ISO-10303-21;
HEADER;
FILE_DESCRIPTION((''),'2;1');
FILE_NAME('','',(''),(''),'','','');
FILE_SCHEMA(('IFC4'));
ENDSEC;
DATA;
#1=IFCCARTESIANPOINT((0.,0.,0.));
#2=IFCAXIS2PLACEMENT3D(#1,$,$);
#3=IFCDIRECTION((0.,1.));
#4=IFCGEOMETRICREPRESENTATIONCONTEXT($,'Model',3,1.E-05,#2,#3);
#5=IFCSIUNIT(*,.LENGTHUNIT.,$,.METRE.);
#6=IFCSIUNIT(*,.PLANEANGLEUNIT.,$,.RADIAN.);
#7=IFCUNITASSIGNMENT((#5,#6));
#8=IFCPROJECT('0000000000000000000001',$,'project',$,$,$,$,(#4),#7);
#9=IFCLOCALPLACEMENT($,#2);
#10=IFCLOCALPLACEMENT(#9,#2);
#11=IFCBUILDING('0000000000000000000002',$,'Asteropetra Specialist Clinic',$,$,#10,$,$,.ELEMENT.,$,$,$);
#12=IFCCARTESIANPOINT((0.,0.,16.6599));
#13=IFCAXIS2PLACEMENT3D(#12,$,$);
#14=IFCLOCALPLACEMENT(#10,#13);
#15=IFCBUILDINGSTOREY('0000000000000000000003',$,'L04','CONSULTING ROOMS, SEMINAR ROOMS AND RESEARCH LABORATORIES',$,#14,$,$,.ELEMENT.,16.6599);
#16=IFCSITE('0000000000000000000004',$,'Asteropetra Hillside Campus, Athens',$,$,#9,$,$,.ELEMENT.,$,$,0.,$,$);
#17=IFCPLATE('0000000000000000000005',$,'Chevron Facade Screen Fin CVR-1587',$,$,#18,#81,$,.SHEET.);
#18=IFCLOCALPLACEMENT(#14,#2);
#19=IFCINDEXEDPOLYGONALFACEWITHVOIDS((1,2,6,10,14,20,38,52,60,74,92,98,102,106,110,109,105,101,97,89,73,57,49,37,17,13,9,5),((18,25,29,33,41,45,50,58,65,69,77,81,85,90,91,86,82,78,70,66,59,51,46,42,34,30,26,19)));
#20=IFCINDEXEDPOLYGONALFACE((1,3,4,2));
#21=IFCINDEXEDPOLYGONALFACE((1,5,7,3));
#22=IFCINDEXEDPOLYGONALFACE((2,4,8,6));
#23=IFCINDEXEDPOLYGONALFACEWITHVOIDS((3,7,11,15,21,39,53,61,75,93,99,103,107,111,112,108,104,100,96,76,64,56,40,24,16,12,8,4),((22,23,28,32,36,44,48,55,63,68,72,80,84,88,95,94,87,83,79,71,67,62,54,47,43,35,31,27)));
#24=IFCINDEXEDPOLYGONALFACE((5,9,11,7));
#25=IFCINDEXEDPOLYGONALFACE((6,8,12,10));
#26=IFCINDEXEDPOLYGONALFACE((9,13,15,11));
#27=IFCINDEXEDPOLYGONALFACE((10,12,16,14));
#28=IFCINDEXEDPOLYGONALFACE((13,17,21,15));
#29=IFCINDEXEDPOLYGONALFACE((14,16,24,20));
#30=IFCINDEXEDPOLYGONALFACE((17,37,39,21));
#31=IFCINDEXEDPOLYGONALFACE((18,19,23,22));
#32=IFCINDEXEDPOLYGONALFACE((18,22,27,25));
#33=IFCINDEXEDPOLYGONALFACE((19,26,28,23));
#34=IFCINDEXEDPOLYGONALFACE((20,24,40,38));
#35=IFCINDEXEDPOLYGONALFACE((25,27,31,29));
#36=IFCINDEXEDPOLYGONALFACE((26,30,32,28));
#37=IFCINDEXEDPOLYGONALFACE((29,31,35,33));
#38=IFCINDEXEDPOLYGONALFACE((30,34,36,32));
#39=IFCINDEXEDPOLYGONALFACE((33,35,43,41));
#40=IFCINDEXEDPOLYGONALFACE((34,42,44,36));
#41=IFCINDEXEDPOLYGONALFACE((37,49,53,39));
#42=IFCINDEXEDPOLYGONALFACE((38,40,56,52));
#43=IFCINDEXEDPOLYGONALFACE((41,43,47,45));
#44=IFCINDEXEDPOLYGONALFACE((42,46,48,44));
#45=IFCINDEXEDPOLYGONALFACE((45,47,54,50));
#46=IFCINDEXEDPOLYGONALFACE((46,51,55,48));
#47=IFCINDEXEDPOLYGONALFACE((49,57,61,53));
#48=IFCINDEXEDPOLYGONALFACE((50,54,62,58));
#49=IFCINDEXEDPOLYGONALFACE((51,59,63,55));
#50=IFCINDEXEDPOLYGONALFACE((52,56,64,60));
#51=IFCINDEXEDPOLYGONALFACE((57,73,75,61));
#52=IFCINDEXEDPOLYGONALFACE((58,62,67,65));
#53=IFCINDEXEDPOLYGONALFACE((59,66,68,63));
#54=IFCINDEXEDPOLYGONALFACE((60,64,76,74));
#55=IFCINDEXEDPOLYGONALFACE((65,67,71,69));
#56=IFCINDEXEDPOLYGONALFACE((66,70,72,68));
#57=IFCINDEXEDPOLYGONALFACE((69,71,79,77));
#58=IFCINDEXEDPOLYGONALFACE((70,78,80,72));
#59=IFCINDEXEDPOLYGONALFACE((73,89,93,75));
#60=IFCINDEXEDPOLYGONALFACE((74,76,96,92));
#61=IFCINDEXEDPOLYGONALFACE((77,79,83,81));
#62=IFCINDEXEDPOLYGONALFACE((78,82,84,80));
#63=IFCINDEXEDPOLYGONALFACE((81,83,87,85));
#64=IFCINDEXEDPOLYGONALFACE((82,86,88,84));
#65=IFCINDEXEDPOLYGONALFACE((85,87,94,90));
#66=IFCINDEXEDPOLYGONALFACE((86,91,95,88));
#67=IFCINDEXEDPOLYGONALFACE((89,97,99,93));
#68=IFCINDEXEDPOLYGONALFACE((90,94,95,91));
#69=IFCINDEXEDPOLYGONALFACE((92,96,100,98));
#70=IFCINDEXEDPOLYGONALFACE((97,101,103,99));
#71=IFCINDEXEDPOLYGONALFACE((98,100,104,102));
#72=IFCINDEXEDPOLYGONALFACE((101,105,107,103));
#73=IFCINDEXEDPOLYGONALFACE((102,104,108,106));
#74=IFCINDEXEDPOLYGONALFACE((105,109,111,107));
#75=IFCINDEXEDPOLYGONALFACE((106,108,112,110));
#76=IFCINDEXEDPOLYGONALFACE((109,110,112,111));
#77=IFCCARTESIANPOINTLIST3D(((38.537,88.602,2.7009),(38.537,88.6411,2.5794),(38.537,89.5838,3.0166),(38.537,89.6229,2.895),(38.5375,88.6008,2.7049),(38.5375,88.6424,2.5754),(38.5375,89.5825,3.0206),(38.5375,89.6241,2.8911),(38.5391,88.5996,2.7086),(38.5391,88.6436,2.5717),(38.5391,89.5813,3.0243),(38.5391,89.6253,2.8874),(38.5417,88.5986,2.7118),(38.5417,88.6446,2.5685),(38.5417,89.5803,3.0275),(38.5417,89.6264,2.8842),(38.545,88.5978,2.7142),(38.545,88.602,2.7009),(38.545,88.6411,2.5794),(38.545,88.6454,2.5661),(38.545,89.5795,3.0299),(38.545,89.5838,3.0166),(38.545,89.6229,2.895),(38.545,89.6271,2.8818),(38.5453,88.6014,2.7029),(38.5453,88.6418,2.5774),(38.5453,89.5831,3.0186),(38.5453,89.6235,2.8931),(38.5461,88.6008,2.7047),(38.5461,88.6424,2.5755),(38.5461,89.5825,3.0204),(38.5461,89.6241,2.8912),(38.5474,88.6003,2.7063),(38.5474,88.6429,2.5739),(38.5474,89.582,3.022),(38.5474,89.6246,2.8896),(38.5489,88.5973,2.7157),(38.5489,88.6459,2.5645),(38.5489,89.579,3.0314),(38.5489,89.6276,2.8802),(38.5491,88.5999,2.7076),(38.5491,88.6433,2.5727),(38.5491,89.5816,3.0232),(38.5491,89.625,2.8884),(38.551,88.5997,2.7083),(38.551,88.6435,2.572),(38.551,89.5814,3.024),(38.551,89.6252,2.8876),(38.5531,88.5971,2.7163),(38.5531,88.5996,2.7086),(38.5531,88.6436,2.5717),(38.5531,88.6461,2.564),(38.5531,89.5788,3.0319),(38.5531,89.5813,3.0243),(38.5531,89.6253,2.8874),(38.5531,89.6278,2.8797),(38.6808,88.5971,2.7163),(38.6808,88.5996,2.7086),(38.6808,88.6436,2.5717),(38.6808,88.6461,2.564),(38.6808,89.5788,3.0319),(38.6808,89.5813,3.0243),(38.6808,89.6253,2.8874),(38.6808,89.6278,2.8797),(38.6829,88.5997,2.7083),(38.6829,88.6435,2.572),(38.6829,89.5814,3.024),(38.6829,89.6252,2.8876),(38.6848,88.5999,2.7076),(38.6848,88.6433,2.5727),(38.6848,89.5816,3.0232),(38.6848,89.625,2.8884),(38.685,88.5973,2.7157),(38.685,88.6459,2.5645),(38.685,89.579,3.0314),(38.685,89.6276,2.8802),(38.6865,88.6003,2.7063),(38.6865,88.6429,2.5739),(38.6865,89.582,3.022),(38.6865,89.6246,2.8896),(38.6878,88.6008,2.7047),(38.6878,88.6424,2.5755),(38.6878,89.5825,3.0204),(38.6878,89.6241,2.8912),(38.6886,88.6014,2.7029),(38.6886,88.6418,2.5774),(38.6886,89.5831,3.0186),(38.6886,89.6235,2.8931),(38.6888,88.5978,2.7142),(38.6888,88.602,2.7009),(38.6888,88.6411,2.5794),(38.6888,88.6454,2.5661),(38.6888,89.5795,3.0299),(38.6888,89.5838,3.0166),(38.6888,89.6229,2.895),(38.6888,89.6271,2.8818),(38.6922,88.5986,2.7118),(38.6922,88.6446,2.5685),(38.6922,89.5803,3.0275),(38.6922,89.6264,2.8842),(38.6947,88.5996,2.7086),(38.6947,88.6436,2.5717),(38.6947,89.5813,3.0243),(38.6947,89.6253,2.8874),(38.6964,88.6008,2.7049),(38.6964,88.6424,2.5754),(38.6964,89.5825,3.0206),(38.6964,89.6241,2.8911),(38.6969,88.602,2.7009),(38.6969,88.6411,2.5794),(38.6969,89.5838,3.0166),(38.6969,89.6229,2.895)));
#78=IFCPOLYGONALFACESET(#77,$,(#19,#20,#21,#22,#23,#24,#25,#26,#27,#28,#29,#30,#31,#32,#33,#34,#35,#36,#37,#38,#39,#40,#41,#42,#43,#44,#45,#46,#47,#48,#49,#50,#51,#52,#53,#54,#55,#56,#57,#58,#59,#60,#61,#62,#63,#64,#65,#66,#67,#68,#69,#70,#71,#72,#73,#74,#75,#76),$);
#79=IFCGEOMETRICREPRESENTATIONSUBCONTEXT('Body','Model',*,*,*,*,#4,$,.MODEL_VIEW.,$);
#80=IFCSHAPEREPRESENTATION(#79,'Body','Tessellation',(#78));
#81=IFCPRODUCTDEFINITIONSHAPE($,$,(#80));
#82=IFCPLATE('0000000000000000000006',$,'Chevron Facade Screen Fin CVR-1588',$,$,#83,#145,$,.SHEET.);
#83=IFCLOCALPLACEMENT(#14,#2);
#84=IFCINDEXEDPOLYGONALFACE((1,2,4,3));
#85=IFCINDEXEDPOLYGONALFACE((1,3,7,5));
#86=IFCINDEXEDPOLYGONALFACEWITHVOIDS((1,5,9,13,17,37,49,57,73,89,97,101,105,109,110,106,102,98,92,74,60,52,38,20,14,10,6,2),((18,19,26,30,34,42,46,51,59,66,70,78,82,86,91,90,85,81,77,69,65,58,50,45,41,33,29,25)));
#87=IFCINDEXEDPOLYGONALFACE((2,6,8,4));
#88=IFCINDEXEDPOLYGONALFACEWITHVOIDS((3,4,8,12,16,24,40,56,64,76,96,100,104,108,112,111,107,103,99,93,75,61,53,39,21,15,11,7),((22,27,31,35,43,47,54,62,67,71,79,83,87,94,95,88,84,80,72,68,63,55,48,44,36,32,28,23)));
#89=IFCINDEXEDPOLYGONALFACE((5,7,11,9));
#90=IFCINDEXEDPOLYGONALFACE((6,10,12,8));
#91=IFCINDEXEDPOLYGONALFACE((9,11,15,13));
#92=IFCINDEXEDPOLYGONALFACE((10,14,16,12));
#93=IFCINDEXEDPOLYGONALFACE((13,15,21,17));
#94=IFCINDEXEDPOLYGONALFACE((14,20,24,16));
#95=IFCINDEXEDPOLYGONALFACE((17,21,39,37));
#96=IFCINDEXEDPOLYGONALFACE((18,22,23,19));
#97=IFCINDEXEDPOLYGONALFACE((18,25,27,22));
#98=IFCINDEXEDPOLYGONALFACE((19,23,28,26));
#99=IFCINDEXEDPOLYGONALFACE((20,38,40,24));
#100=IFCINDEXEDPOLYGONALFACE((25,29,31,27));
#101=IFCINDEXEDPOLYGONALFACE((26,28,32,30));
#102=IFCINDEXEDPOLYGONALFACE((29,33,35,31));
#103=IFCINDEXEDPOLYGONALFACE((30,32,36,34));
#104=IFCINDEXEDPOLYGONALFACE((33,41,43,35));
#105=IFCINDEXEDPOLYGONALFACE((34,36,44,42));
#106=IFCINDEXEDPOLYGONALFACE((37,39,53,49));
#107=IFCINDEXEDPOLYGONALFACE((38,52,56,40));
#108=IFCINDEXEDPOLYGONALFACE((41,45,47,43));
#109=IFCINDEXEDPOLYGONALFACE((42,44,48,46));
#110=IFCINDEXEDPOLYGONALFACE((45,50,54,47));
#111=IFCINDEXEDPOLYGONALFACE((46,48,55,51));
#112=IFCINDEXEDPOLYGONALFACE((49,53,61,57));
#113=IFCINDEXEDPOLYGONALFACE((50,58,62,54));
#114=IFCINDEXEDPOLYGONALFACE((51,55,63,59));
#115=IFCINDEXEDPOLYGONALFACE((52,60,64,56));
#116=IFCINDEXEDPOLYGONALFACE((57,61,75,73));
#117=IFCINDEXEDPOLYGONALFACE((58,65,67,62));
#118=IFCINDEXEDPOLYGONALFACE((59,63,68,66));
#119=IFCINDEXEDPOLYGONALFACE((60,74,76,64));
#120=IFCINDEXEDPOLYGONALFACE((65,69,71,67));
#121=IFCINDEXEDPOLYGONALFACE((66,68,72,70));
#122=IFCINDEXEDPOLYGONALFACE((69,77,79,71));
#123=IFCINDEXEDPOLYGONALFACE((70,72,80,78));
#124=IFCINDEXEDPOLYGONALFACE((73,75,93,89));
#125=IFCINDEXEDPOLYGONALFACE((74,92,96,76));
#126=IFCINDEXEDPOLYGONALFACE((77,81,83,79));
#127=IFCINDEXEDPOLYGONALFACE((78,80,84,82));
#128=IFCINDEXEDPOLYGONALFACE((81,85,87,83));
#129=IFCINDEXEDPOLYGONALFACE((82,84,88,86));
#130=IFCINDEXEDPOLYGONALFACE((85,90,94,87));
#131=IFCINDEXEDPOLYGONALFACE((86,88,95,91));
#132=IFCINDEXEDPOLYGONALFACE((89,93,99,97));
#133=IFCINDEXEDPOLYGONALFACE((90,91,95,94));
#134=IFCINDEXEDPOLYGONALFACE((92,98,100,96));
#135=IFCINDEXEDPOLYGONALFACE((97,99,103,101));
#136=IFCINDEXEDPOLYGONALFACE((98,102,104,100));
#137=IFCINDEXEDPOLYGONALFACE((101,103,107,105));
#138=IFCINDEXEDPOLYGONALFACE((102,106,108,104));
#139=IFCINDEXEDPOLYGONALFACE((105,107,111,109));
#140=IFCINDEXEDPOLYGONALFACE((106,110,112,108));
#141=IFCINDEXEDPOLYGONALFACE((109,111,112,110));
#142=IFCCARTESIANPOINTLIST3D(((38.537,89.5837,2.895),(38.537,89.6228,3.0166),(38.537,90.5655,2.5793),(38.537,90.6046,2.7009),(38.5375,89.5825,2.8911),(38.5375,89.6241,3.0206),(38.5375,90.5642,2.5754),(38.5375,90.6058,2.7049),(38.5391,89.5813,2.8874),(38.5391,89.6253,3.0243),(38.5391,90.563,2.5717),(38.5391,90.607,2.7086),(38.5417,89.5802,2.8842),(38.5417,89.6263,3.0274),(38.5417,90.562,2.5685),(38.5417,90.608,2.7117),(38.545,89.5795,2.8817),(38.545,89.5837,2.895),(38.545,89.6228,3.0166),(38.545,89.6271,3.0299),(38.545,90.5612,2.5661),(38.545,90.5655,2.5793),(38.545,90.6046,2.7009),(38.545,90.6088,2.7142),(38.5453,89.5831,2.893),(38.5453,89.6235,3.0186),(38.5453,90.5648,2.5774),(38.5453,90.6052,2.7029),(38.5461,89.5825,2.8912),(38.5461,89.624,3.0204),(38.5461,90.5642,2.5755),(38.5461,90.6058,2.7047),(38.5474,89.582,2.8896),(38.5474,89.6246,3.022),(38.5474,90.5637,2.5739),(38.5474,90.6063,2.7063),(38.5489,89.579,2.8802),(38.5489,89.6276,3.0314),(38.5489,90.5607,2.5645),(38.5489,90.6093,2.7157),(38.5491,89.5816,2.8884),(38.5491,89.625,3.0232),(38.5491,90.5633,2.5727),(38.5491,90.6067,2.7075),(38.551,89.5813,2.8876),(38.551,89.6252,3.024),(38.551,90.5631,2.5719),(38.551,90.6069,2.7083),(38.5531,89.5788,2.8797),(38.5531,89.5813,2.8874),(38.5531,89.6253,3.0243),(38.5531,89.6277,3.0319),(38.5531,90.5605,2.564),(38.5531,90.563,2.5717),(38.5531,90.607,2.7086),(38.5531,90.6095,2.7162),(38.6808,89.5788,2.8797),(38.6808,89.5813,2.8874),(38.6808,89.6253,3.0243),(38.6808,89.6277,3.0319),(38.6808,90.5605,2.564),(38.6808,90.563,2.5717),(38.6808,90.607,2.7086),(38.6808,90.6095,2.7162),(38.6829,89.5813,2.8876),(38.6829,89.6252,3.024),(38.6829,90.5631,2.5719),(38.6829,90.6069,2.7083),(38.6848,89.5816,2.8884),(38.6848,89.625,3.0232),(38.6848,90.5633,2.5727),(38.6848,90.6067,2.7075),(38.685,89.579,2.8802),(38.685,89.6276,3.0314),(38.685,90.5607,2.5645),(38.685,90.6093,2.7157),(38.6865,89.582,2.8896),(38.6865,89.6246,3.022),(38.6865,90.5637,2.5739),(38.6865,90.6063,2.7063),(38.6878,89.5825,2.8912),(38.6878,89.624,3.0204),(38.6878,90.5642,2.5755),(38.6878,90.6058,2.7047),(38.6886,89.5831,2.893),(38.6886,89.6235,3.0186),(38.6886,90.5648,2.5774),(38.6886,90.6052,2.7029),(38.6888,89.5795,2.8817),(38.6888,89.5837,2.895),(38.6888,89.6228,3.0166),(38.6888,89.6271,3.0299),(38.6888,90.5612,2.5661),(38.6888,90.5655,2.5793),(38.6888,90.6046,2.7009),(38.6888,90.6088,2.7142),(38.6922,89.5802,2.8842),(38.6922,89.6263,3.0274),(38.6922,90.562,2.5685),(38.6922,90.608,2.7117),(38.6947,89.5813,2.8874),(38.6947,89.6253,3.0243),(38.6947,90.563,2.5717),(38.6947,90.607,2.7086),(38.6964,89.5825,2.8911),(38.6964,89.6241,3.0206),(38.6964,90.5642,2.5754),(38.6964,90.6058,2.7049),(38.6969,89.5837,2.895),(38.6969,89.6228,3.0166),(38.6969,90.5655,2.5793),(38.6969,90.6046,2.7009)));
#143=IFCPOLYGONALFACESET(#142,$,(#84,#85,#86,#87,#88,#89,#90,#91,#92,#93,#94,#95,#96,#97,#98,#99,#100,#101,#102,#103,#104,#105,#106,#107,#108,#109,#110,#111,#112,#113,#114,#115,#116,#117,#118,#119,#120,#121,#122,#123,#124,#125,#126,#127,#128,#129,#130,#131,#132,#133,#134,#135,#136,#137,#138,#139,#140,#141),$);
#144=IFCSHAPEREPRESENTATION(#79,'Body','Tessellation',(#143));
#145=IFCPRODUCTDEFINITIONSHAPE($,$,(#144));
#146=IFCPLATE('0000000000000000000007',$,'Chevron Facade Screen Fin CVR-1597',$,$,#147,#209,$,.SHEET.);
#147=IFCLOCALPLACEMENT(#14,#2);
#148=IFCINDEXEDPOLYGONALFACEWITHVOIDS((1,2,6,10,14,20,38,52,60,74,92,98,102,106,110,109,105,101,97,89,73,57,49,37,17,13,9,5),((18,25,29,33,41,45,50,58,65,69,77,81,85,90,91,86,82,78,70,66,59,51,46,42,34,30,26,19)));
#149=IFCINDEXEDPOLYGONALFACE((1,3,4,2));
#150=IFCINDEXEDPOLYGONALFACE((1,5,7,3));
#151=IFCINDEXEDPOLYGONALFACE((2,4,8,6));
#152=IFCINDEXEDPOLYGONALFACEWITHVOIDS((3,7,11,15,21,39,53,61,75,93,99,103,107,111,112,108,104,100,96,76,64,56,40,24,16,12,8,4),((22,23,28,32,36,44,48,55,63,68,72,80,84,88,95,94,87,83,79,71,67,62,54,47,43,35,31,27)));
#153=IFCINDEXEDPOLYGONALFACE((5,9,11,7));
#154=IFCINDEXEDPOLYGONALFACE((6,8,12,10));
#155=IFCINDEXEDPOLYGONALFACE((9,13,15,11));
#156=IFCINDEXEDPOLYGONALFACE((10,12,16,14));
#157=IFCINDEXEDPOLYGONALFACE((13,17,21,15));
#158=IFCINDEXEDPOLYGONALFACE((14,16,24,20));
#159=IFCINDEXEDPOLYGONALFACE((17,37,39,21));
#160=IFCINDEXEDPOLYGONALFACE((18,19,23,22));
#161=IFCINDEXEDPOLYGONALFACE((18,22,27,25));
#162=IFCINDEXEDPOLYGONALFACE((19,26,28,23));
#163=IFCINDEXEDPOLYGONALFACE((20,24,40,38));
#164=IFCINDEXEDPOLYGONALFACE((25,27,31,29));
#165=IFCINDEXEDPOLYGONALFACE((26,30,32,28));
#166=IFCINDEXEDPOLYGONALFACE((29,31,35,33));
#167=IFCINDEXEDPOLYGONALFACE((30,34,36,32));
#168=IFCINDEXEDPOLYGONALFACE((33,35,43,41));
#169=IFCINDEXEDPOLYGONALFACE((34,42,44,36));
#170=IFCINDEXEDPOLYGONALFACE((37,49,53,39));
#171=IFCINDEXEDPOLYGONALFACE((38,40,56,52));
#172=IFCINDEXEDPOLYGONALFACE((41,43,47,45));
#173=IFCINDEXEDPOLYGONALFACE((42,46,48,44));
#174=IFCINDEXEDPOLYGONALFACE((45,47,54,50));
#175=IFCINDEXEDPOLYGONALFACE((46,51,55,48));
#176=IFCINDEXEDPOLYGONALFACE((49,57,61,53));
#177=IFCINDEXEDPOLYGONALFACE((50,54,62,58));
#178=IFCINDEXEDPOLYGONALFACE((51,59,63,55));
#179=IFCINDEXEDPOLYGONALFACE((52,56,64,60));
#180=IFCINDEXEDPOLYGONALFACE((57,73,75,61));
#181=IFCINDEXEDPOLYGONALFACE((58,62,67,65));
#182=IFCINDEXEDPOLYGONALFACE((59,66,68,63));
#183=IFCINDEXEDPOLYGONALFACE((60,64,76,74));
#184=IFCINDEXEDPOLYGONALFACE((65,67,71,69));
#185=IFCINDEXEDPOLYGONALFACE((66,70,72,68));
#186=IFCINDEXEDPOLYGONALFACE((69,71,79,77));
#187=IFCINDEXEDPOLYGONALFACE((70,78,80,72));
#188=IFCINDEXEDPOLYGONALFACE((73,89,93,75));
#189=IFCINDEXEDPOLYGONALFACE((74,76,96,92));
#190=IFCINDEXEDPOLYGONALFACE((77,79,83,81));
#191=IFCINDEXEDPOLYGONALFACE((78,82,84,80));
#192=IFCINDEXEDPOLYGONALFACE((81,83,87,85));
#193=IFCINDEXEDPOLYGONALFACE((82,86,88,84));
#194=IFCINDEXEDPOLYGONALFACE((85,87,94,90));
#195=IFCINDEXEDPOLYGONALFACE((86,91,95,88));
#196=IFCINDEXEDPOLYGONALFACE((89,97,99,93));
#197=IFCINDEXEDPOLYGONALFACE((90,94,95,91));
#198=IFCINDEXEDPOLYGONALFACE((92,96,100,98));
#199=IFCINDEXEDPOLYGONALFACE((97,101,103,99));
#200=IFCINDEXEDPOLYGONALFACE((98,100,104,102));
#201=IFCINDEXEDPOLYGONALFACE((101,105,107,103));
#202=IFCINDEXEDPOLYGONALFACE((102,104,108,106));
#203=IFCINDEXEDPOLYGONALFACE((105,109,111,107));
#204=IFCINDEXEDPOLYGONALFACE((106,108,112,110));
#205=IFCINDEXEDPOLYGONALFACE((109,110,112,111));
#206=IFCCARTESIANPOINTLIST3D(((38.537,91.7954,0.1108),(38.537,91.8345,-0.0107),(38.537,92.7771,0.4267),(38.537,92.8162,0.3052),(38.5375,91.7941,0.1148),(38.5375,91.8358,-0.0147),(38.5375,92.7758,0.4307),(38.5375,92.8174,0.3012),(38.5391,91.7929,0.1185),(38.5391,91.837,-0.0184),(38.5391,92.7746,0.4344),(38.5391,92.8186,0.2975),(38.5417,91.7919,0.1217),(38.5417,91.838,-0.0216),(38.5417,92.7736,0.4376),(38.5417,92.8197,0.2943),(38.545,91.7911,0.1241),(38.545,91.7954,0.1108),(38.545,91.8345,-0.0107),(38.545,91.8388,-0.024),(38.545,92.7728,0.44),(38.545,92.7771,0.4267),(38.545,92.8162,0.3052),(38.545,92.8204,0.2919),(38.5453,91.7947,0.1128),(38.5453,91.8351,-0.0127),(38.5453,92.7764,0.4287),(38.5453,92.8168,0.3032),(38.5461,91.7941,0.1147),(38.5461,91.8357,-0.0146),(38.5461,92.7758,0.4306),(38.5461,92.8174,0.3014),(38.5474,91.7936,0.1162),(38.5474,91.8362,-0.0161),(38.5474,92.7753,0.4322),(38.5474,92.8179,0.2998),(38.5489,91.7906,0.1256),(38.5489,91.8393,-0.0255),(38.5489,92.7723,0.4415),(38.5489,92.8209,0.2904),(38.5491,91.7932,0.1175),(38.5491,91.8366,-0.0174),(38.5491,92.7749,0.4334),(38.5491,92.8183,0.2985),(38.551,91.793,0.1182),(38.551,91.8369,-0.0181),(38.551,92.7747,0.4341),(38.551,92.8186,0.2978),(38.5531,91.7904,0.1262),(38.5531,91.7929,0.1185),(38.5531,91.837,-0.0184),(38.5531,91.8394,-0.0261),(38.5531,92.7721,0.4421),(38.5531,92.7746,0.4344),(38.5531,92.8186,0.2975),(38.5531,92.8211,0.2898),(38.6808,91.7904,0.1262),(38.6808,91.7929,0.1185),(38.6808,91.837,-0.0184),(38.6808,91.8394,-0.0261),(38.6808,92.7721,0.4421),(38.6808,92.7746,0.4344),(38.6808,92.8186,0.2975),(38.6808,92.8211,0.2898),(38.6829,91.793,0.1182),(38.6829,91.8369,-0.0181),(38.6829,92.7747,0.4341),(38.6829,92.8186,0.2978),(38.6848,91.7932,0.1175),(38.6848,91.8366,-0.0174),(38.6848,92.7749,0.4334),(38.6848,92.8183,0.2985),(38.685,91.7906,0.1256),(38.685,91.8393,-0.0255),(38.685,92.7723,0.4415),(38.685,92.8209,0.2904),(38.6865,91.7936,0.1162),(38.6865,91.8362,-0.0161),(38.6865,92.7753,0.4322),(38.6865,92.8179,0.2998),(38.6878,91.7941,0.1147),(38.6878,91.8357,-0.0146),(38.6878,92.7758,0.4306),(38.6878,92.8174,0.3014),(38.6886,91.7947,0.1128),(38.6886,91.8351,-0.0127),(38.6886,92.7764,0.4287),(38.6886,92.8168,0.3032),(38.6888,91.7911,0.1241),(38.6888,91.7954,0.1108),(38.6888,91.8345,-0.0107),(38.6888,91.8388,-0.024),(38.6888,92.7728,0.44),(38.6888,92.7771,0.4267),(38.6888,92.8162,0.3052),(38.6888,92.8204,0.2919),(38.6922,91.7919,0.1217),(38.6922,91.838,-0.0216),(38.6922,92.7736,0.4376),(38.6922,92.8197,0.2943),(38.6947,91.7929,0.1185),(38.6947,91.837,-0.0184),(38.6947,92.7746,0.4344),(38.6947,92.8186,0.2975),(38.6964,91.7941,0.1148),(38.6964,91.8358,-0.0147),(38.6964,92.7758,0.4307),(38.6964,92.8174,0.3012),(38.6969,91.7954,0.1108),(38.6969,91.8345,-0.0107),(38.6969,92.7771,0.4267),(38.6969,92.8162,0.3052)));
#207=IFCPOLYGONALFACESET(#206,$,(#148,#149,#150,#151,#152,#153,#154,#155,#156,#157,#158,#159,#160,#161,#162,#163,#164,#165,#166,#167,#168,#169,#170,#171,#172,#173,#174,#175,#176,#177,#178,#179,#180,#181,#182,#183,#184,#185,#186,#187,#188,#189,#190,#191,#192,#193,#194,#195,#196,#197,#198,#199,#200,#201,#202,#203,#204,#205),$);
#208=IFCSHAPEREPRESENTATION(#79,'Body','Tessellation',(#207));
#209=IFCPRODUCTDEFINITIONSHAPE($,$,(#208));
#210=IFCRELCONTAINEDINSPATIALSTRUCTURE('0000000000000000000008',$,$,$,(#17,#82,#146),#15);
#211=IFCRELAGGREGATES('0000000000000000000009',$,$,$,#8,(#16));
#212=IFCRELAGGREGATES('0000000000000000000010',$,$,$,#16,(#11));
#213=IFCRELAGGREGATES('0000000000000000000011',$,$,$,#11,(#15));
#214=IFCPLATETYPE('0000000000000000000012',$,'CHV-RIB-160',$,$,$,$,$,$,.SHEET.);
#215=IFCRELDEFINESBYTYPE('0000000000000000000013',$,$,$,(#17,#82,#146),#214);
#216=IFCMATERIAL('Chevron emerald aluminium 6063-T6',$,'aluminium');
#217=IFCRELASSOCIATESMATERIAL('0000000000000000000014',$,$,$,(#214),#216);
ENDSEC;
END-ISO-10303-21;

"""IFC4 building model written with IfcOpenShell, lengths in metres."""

from ifc_helpers import new_model, si_unit, direction, frame, origin, origin_2d, place, context, subcontext, project, spatial, hollow_rectangle, extrude, material, material_profile, profile_set, type_object, element, save


model = new_model("IFC4")

# Units and contexts
model_context = context("Model", 3, precision=1e-05, world=origin(), true_north=direction((0.0, 1.0)))
body_context = subcontext(model_context, "Body", "Model", "MODEL_VIEW")
ifc_project = project(units=[si_unit("LENGTHUNIT", "METRE"), si_unit("PLANEANGLEUNIT", "RADIAN")], contexts=[model_context])

# Site, building, storey
site_placement = place(None, origin())
site = spatial("IfcSite", under=ifc_project, at=site_placement, Name="Asteropetra Hillside Campus, Athens", CompositionType="ELEMENT", RefElevation=0.0)
building_placement = place(site_placement, origin())
building = spatial("IfcBuilding", under=site, at=building_placement, Name="Asteropetra Specialist Clinic", CompositionType="ELEMENT")
storey_placement = place(building_placement, frame((0.0, 0.0, 16.6599)))
storey = spatial("IfcBuildingStorey", under=building, at=storey_placement, Name="L04", Description="CONSULTING ROOMS, SEMINAR ROOMS AND RESEARCH LABORATORIES", CompositionType="ELEMENT", Elevation=16.6599)

# Plates
ifc_material_1 = material(Name="Chevron emerald aluminium 6063-T6", Category="aluminium")
ifc_material_profile = material_profile(ifc_material_1, hollow_rectangle(XDim=0.1599, YDim=0.1599, WallThickness=0.0081, InnerFilletRadius=0.0081, OuterFilletRadius=0.0161, at=origin_2d()), Name="SHS 160x160x8.0")
ifc_profile_set = profile_set([ifc_material_profile], Name="Chevron emerald aluminium 6063-T6")
plate_type = type_object("IfcPlateType", Name="CHV-RIB-160", PredefinedType="SHEET", material=ifc_profile_set)
for number, where, z_axis, x_axis, name in (
    (1, (38.6169, 88.6216, 2.6401), (0.0, 0.951992, 0.306124), (-1.0, 0.0, 0.0), "Chevron Facade Screen Fin CVR-1587"),
    (2, (38.6169, 89.6033, 2.9558), (0.0, 0.951992, -0.306124), (-1.0, 0.0, 0.0), "Chevron Facade Screen Fin CVR-1588"),
    (3, (38.6169, 91.8149, 0.05), (0.0, 0.951923, 0.306339), (-1.0, 0.0, 0.0), "Chevron Facade Screen Fin CVR-1597"),
):
    element("IfcPlate", number, at=place(storey_placement, frame(where, z_axis=z_axis, x_axis=x_axis)), inside=storey, type_object=plate_type, Name=name, PredefinedType="SHEET", context=body_context, shape_type="SweptSolid", body=[
        extrude(hollow_rectangle(XDim=0.1599, YDim=0.1599, WallThickness=0.0081, InnerFilletRadius=0.0081, OuterFilletRadius=0.0161, at=origin_2d()), origin(), (0.0, 0.0, 1.0), 1.0312),
    ])

save(model, "model.ifc")
